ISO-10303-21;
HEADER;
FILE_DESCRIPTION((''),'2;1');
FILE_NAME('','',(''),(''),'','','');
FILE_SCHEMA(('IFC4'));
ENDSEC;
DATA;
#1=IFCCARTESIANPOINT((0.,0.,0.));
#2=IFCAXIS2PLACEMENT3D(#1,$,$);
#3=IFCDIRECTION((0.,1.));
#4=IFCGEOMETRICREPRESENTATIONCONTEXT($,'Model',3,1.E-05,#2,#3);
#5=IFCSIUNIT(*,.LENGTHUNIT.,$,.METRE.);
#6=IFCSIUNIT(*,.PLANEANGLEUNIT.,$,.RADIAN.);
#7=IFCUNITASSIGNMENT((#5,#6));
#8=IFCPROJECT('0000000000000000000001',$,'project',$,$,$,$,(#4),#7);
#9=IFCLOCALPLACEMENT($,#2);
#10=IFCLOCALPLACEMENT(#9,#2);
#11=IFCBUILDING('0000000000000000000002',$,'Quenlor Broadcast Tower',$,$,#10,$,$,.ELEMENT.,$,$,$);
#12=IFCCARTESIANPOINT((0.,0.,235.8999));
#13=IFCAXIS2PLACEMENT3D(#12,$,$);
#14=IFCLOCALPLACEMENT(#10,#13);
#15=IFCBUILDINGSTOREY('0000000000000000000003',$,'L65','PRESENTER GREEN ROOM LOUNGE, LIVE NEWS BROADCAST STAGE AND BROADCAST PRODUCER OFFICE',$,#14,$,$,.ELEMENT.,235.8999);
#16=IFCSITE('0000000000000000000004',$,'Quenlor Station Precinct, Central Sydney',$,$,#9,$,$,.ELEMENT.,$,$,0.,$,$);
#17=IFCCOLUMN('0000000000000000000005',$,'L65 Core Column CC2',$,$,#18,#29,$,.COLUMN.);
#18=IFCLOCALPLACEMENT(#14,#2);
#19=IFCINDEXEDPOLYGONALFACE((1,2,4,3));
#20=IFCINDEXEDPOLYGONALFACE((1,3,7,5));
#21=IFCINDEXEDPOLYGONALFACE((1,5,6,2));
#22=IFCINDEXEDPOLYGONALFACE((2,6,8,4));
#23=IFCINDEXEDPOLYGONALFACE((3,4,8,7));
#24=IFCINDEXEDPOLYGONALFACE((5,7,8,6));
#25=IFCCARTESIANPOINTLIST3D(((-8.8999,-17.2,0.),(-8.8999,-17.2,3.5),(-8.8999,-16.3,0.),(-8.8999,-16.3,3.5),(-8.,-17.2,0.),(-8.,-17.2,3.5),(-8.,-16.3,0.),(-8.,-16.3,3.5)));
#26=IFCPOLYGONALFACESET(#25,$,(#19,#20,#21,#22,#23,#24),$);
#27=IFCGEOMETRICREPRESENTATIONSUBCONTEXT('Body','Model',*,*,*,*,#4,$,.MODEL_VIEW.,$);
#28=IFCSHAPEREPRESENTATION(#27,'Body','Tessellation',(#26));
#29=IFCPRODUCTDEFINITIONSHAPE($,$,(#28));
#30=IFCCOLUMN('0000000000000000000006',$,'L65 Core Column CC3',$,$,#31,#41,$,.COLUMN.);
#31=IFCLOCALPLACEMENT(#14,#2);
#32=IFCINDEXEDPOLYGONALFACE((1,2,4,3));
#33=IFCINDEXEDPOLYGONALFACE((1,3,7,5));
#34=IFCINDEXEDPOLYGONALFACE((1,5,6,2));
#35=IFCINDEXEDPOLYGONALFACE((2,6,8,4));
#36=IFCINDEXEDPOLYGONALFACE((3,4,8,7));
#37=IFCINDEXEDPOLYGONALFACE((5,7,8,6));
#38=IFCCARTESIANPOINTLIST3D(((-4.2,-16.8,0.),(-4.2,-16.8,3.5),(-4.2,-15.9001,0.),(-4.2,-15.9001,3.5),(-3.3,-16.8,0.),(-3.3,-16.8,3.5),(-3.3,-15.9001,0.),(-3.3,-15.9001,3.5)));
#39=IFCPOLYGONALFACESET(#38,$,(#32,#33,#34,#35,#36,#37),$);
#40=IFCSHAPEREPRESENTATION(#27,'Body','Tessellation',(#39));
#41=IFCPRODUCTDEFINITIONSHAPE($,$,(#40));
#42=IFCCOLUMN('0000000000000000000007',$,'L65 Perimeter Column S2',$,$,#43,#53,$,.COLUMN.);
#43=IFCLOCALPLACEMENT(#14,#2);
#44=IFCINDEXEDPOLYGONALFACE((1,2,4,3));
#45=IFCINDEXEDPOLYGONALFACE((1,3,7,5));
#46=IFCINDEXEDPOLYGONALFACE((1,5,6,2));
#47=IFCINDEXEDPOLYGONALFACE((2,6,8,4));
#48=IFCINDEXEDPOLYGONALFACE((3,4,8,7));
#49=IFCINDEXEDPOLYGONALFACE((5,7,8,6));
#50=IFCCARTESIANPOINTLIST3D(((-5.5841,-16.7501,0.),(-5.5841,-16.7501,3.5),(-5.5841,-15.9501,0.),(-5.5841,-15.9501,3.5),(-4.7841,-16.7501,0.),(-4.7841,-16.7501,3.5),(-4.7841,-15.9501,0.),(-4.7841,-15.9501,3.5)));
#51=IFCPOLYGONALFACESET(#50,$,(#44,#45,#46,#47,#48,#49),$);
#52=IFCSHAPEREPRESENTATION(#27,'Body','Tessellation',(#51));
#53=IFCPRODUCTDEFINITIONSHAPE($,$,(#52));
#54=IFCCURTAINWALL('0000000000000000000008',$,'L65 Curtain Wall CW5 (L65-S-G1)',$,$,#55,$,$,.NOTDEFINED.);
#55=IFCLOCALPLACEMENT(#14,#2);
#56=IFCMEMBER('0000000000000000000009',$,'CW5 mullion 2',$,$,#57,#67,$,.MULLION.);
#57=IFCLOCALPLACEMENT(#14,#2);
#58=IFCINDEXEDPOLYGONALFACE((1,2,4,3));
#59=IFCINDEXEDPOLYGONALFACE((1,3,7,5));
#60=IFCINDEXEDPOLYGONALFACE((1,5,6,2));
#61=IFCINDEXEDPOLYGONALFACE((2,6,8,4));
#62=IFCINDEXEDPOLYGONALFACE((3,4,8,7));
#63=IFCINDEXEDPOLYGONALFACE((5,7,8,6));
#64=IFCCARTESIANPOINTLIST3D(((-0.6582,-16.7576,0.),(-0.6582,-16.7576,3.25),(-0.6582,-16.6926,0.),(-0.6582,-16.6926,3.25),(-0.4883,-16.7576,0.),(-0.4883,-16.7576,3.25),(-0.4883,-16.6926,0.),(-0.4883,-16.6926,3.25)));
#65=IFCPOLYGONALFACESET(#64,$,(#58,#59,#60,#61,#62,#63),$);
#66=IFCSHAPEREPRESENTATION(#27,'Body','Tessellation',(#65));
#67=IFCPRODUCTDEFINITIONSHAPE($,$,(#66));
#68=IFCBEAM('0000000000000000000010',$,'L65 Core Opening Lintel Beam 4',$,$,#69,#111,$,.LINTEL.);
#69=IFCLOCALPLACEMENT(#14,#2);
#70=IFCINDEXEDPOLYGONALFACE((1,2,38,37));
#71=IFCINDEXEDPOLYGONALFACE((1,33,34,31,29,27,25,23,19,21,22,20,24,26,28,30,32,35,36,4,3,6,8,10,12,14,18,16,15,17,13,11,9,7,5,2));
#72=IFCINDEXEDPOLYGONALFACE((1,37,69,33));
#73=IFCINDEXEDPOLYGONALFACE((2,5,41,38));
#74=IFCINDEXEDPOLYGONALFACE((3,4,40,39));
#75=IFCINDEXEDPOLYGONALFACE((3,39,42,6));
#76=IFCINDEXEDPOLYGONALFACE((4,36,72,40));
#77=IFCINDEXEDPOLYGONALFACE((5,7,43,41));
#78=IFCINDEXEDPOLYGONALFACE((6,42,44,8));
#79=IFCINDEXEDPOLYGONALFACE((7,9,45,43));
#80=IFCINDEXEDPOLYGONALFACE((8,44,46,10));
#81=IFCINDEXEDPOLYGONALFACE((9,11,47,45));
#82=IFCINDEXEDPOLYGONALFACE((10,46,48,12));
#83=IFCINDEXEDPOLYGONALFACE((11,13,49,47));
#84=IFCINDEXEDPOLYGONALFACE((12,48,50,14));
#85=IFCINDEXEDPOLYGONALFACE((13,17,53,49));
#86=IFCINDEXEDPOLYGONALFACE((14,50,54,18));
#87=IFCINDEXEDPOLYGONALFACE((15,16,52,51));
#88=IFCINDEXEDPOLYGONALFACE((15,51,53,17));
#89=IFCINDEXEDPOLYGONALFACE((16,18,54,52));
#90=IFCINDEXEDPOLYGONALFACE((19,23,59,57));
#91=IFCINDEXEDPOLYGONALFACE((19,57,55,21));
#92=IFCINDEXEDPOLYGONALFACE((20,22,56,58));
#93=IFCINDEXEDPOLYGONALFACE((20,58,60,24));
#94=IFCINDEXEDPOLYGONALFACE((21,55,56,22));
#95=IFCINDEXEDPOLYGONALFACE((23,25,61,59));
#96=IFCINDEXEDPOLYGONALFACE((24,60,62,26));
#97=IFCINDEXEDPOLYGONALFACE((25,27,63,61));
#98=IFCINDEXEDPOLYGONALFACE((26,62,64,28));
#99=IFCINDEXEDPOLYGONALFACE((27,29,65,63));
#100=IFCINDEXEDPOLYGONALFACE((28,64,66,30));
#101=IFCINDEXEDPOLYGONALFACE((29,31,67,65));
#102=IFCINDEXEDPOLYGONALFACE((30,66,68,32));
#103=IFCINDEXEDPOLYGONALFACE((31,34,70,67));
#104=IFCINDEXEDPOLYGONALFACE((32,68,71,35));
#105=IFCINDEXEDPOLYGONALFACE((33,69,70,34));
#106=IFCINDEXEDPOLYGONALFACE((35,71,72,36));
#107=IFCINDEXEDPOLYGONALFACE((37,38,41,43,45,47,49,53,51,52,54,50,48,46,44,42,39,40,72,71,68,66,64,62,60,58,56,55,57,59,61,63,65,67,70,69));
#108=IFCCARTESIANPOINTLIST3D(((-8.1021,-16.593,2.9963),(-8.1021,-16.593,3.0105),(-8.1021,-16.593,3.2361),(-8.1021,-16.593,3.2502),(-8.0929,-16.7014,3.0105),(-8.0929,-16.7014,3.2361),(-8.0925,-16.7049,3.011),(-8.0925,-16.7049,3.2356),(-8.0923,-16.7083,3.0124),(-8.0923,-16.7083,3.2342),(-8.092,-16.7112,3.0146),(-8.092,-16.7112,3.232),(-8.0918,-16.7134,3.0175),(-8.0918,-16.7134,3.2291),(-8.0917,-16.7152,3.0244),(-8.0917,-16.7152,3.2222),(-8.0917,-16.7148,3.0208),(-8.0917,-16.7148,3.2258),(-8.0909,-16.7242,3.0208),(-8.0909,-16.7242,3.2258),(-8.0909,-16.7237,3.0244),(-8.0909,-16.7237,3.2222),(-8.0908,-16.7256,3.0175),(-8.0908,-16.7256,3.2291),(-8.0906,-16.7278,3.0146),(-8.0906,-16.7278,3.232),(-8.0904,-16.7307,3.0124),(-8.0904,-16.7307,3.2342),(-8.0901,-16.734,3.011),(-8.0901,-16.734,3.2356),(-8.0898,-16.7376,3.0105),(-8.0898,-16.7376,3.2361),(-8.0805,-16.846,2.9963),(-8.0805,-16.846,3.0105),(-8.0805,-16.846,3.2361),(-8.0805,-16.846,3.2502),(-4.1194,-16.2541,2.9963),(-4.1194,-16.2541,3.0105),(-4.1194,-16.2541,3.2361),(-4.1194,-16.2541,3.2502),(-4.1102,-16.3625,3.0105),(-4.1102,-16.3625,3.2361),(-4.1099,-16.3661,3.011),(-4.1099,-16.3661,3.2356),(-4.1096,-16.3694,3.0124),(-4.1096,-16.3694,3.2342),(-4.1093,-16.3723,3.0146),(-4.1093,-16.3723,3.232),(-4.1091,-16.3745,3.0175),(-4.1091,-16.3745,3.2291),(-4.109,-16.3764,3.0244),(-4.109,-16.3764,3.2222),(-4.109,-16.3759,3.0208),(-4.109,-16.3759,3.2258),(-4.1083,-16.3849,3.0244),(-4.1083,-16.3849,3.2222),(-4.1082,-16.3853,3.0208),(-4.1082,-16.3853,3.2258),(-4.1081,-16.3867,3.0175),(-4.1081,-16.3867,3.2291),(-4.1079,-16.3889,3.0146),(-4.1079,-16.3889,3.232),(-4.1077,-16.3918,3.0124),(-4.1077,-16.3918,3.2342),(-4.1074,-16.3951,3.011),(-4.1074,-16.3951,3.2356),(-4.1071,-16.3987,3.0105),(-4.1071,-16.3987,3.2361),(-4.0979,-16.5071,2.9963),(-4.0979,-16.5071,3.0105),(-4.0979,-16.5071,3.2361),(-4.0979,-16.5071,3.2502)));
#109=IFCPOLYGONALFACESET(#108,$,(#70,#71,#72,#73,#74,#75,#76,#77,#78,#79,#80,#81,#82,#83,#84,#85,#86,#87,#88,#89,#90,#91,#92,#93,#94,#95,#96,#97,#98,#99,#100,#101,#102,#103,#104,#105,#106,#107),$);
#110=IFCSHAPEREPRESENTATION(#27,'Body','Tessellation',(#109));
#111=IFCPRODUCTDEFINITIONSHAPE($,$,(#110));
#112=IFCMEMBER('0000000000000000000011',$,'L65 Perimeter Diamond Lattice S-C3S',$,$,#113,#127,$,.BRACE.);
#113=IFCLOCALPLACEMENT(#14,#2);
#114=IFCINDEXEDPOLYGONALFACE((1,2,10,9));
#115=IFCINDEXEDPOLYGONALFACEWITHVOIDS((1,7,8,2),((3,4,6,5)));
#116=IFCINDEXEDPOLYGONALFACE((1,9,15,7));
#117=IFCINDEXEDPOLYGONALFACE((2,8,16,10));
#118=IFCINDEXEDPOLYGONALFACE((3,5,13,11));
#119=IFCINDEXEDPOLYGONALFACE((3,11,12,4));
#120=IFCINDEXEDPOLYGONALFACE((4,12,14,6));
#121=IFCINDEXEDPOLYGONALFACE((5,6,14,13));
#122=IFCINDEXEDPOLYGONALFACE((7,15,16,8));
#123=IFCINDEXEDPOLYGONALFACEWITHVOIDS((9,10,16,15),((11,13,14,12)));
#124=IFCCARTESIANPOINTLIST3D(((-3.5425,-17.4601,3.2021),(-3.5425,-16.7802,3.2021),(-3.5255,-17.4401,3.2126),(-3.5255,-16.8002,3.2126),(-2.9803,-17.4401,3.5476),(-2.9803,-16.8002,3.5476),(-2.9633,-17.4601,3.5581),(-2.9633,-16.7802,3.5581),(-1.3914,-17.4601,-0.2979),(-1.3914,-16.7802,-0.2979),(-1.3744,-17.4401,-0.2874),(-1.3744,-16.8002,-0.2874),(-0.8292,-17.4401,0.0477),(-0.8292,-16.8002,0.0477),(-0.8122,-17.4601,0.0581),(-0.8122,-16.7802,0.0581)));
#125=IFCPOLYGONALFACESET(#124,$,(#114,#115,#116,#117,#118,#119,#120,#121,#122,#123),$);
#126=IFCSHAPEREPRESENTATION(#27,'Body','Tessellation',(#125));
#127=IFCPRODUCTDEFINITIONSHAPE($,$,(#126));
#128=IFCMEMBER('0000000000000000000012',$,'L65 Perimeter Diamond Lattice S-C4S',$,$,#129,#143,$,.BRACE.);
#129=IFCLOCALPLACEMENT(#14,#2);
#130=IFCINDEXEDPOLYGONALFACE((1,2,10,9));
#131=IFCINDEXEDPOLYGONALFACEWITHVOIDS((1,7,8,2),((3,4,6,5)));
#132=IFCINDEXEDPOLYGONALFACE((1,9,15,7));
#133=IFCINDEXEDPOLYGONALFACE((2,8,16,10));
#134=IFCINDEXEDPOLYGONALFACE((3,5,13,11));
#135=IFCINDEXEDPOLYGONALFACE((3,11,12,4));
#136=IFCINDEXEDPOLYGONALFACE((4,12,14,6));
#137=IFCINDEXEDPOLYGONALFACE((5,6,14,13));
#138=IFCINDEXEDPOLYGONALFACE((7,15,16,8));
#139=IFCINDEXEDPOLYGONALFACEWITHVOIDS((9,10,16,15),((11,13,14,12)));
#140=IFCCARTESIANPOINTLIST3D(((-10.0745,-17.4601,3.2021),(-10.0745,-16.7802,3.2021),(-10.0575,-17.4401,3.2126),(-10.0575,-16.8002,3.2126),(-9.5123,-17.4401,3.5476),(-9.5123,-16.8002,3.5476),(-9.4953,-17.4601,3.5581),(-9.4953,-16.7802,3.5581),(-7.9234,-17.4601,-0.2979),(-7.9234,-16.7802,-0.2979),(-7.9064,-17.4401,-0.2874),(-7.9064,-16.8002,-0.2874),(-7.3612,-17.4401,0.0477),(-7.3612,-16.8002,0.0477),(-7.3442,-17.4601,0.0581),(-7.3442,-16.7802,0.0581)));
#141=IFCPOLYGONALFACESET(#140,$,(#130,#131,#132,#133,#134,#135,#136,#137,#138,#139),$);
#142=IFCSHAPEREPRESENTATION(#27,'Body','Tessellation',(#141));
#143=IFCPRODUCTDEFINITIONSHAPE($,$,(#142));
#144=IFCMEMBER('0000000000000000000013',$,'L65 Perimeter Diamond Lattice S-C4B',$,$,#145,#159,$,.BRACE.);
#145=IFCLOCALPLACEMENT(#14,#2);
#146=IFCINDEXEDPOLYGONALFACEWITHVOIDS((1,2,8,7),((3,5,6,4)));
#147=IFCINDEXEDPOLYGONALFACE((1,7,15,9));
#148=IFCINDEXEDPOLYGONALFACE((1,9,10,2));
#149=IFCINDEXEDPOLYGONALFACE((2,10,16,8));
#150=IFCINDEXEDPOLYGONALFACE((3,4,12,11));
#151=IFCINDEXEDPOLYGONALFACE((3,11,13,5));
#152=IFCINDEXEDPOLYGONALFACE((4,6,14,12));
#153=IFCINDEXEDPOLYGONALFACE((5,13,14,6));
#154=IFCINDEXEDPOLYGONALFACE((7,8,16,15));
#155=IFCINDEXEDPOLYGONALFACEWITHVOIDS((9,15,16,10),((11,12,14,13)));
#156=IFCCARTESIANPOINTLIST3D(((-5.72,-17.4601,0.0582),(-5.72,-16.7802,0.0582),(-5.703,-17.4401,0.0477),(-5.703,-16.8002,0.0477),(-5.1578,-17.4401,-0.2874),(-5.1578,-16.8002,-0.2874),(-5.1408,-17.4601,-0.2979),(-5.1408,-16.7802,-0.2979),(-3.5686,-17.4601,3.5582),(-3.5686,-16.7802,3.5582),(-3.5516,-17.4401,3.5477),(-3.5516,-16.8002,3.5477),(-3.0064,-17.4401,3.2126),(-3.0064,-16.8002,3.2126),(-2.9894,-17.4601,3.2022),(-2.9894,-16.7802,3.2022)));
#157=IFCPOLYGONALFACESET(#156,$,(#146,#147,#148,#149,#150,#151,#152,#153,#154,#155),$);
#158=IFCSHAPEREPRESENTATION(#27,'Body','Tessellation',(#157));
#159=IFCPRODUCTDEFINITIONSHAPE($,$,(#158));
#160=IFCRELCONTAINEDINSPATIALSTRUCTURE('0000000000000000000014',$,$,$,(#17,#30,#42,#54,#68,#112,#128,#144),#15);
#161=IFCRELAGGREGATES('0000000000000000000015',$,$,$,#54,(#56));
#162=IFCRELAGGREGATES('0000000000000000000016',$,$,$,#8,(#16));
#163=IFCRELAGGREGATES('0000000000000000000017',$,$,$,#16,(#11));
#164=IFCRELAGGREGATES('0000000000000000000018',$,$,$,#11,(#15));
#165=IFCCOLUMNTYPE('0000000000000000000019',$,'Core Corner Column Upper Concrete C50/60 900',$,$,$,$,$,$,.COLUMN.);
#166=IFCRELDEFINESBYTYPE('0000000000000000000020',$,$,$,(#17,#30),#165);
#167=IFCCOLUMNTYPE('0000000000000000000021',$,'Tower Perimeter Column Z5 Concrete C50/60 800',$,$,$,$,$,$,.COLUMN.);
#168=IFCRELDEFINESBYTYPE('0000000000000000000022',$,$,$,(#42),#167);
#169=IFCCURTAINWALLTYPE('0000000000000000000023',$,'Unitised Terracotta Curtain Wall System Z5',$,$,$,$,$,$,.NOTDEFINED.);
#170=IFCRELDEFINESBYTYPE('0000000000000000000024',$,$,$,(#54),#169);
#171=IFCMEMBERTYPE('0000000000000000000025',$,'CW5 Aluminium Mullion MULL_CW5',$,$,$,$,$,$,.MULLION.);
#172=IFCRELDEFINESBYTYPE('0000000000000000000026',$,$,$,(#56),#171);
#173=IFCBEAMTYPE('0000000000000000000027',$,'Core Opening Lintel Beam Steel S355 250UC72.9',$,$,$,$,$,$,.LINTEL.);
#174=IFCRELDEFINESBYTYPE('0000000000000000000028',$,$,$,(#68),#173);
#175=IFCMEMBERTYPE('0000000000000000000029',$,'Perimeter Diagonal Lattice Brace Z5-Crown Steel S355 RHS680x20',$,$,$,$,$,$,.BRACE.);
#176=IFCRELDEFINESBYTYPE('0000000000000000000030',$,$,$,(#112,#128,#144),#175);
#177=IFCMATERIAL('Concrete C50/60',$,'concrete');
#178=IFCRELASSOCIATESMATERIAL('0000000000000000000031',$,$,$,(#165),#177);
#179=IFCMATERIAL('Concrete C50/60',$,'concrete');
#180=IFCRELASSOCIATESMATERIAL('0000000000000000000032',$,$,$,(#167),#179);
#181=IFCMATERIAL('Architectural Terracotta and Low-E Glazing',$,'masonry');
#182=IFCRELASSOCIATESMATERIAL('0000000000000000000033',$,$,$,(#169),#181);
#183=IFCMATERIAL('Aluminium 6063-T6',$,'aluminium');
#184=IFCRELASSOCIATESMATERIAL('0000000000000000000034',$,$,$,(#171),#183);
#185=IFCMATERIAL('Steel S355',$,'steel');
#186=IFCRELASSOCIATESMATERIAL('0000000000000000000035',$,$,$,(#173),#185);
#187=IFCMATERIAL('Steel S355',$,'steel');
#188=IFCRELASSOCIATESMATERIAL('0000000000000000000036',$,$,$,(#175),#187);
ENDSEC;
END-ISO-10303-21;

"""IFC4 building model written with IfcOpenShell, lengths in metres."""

from ifc_helpers import new_model, si_unit, direction, frame, origin, origin_2d, place, context, subcontext, project, spatial, rectangle, hollow_rectangle, i_section, extrude, material, material_profile, profile_set, type_object, element, aggregate, save


model = new_model("IFC4")

# Units and contexts
model_context = context("Model", 3, precision=1e-05, world=origin(), true_north=direction((0.0, 1.0)))
body_context = subcontext(model_context, "Body", "Model", "MODEL_VIEW")
ifc_project = project(units=[si_unit("LENGTHUNIT", "METRE"), si_unit("PLANEANGLEUNIT", "RADIAN")], contexts=[model_context])

# Site, building, storey
site_placement = place(None, origin())
site = spatial("IfcSite", under=ifc_project, at=site_placement, Name="Quenlor Station Precinct, Central Sydney", CompositionType="ELEMENT", RefElevation=0.0)
building_placement = place(site_placement, origin())
building = spatial("IfcBuilding", under=site, at=building_placement, Name="Quenlor Broadcast Tower", CompositionType="ELEMENT")
storey_placement = place(building_placement, frame((0.0, 0.0, 235.8999)))
storey = spatial("IfcBuildingStorey", under=building, at=storey_placement, Name="L65", Description="PRESENTER GREEN ROOM LOUNGE, LIVE NEWS BROADCAST STAGE AND BROADCAST PRODUCER OFFICE", CompositionType="ELEMENT", Elevation=235.8999)

# Columns
ifc_material_1 = material(Name="Concrete C50/60", Category="concrete")
ifc_material_profile_1 = material_profile(ifc_material_1, rectangle(XDim=0.8999, YDim=0.8999, at=origin_2d()))
ifc_profile_set_1 = profile_set([ifc_material_profile_1], Name="Concrete C50/60 RC900x900")
column_type_1 = type_object("IfcColumnType", Name="Core Corner Column Upper Concrete C50/60 900", PredefinedType="COLUMN", material=ifc_profile_set_1)
for number, where, z_axis, x_axis, name in (
    (1, (-8.45, -16.75, 0.0), (0.0, 0.0, 1.0), (1.0, 0.0, 0.0), "L65 Core Column CC2"),
    (2, (-3.75, -16.3501, 0.0), (0.0, 0.0, 1.0), (1.0, 0.0, 0.0), "L65 Core Column CC3"),
):
    element("IfcColumn", number, at=place(storey_placement, frame(where, z_axis=z_axis, x_axis=x_axis)), inside=storey, type_object=column_type_1, Name=name, PredefinedType="COLUMN", context=body_context, shape_type="SweptSolid", body=[
        extrude(rectangle(XDim=0.8999, YDim=0.8999, at=origin_2d()), origin(), (0.0, 0.0, 1.0), 3.5),
    ])
ifc_material_2 = material(Name="Concrete C50/60", Category="concrete")
ifc_material_profile_2 = material_profile(ifc_material_2, rectangle(XDim=0.8, YDim=0.8, at=origin_2d()))
ifc_profile_set_2 = profile_set([ifc_material_profile_2], Name="Concrete C50/60 RC800x800")
column_type_2 = type_object("IfcColumnType", Name="Tower Perimeter Column Z5 Concrete C50/60 800", PredefinedType="COLUMN", material=ifc_profile_set_2)
column_placement = place(storey_placement, frame((-5.1841, -16.3501, 0.0), z_axis=(0.0, 0.0, 1.0), x_axis=(0.0, 1.0, 0.0)))
element("IfcColumn", 3, at=column_placement, inside=storey, type_object=column_type_2, Name="L65 Perimeter Column S2", PredefinedType="COLUMN", context=body_context, shape_type="SweptSolid", body=[
    extrude(rectangle(XDim=0.8, YDim=0.8, at=origin_2d()), origin(), (0.0, 0.0, 1.0), 3.5),
])

# Curtain wall, member
ifc_material_3 = material(Name="Architectural Terracotta and Low-E Glazing", Category="masonry")
curtain_wall_type = type_object("IfcCurtainWallType", Name="Unitised Terracotta Curtain Wall System Z5", PredefinedType="NOTDEFINED", material=ifc_material_3)
curtain_wall_placement = place(storey_placement, origin())
curtain_wall = element("IfcCurtainWall", 4, at=curtain_wall_placement, inside=storey, type_object=curtain_wall_type, Name="L65 Curtain Wall CW5 (L65-S-G1)", PredefinedType="NOTDEFINED")
ifc_material_4 = material(Name="Aluminium 6063-T6", Category="aluminium")
ifc_material_profile_3 = material_profile(ifc_material_4, rectangle(XDim=0.0649, YDim=0.1699, at=origin_2d()))
ifc_profile_set_3 = profile_set([ifc_material_profile_3], Name="Aluminium 6063-T6 MULL65x170")
member_type_1 = type_object("IfcMemberType", Name="CW5 Aluminium Mullion MULL_CW5", PredefinedType="MULLION", material=ifc_profile_set_3)
member_1_placement = place(storey_placement, frame((-0.5732, -16.7251, 0.0), z_axis=(0.0, 0.0, 1.0), x_axis=(0.0, -1.0, 0.0)))
member_1 = element("IfcMember", 5, at=member_1_placement, type_object=member_type_1, Name="CW5 mullion 2", PredefinedType="MULLION", context=body_context, shape_type="SweptSolid", body=[
    extrude(rectangle(XDim=0.0649, YDim=0.1699, at=origin_2d()), origin(), (0.0, 0.0, 1.0), 3.25),
])

# Beam
ifc_material_5 = material(Name="Steel S355", Category="steel")
ifc_material_profile_4 = material_profile(ifc_material_5, i_section(OverallWidth=0.2539, OverallDepth=0.2539, WebThickness=0.0085, FlangeThickness=0.0142, FilletRadius=0.0139, at=origin_2d()))
ifc_profile_set_4 = profile_set([ifc_material_profile_4], Name="Steel S355 250UC72.9")
beam_type_1 = type_object("IfcBeamType", Name="Core Opening Lintel Beam Steel S355 250UC72.9", PredefinedType="LINTEL", material=ifc_profile_set_4)
beam_1_placement = place(storey_placement, frame((-8.0913, -16.7195, 3.1233), z_axis=(0.9964, 0.084779, 0.0), x_axis=(-0.084779, 0.9964, 0.0)))
element("IfcBeam", 6, at=beam_1_placement, inside=storey, type_object=beam_type_1, Name="L65 Core Opening Lintel Beam 4", PredefinedType="LINTEL", context=body_context, shape_type="SweptSolid", body=[
    extrude(i_section(OverallWidth=0.2539, OverallDepth=0.2539, WebThickness=0.0085, FlangeThickness=0.0142, FilletRadius=0.0139, at=origin_2d()), origin(), (0.0, 0.0, 1.0), 3.9971),
])

# Members
ifc_material_6 = material(Name="Steel S355", Category="steel")
ifc_material_profile_5 = material_profile(ifc_material_6, hollow_rectangle(XDim=0.6799, YDim=0.6799, WallThickness=0.02, at=origin_2d()))
ifc_profile_set_5 = profile_set([ifc_material_profile_5], Name="Steel S355 RHS680x680x20")
member_type_2 = type_object("IfcMemberType", Name="Perimeter Diagonal Lattice Brace Z5-Crown Steel S355 RHS680x20", PredefinedType="BRACE", material=ifc_profile_set_5)
for number, where, z_axis, x_axis, name in (
    (7, (-1.1018, -17.1201, -0.1199), (-0.523617, 0.0, 0.851954), (0.0, -1.0, 0.0), "L65 Perimeter Diamond Lattice S-C3S"),
    (8, (-7.6338, -17.1201, -0.1199), (-0.523617, 0.0, 0.851954), (0.0, -1.0, 0.0), "L65 Perimeter Diamond Lattice S-C4S"),
):
    element("IfcMember", number, at=place(storey_placement, frame(where, z_axis=z_axis, x_axis=x_axis)), inside=storey, type_object=member_type_2, Name=name, PredefinedType="BRACE", context=body_context, shape_type="SweptSolid", body=[
        extrude(hollow_rectangle(XDim=0.6799, YDim=0.6799, WallThickness=0.02, at=origin_2d()), origin(), (0.0, 0.0, 1.0), 4.1082),
    ])
member_2_placement = place(storey_placement, frame((-5.4304, -17.1201, -0.1199), z_axis=(0.52366, 0.0, 0.851928), x_axis=(0.0, 1.0, 0.0)))
element("IfcMember", 9, at=member_2_placement, inside=storey, type_object=member_type_2, Name="L65 Perimeter Diamond Lattice S-C4B", PredefinedType="BRACE", context=body_context, shape_type="SweptSolid", body=[
    extrude(hollow_rectangle(XDim=0.6799, YDim=0.6799, WallThickness=0.02, at=origin_2d()), origin(), (0.0, 0.0, 1.0), 4.1084),
])

aggregate(curtain_wall, [member_1])

save(model, "model.ifc")
